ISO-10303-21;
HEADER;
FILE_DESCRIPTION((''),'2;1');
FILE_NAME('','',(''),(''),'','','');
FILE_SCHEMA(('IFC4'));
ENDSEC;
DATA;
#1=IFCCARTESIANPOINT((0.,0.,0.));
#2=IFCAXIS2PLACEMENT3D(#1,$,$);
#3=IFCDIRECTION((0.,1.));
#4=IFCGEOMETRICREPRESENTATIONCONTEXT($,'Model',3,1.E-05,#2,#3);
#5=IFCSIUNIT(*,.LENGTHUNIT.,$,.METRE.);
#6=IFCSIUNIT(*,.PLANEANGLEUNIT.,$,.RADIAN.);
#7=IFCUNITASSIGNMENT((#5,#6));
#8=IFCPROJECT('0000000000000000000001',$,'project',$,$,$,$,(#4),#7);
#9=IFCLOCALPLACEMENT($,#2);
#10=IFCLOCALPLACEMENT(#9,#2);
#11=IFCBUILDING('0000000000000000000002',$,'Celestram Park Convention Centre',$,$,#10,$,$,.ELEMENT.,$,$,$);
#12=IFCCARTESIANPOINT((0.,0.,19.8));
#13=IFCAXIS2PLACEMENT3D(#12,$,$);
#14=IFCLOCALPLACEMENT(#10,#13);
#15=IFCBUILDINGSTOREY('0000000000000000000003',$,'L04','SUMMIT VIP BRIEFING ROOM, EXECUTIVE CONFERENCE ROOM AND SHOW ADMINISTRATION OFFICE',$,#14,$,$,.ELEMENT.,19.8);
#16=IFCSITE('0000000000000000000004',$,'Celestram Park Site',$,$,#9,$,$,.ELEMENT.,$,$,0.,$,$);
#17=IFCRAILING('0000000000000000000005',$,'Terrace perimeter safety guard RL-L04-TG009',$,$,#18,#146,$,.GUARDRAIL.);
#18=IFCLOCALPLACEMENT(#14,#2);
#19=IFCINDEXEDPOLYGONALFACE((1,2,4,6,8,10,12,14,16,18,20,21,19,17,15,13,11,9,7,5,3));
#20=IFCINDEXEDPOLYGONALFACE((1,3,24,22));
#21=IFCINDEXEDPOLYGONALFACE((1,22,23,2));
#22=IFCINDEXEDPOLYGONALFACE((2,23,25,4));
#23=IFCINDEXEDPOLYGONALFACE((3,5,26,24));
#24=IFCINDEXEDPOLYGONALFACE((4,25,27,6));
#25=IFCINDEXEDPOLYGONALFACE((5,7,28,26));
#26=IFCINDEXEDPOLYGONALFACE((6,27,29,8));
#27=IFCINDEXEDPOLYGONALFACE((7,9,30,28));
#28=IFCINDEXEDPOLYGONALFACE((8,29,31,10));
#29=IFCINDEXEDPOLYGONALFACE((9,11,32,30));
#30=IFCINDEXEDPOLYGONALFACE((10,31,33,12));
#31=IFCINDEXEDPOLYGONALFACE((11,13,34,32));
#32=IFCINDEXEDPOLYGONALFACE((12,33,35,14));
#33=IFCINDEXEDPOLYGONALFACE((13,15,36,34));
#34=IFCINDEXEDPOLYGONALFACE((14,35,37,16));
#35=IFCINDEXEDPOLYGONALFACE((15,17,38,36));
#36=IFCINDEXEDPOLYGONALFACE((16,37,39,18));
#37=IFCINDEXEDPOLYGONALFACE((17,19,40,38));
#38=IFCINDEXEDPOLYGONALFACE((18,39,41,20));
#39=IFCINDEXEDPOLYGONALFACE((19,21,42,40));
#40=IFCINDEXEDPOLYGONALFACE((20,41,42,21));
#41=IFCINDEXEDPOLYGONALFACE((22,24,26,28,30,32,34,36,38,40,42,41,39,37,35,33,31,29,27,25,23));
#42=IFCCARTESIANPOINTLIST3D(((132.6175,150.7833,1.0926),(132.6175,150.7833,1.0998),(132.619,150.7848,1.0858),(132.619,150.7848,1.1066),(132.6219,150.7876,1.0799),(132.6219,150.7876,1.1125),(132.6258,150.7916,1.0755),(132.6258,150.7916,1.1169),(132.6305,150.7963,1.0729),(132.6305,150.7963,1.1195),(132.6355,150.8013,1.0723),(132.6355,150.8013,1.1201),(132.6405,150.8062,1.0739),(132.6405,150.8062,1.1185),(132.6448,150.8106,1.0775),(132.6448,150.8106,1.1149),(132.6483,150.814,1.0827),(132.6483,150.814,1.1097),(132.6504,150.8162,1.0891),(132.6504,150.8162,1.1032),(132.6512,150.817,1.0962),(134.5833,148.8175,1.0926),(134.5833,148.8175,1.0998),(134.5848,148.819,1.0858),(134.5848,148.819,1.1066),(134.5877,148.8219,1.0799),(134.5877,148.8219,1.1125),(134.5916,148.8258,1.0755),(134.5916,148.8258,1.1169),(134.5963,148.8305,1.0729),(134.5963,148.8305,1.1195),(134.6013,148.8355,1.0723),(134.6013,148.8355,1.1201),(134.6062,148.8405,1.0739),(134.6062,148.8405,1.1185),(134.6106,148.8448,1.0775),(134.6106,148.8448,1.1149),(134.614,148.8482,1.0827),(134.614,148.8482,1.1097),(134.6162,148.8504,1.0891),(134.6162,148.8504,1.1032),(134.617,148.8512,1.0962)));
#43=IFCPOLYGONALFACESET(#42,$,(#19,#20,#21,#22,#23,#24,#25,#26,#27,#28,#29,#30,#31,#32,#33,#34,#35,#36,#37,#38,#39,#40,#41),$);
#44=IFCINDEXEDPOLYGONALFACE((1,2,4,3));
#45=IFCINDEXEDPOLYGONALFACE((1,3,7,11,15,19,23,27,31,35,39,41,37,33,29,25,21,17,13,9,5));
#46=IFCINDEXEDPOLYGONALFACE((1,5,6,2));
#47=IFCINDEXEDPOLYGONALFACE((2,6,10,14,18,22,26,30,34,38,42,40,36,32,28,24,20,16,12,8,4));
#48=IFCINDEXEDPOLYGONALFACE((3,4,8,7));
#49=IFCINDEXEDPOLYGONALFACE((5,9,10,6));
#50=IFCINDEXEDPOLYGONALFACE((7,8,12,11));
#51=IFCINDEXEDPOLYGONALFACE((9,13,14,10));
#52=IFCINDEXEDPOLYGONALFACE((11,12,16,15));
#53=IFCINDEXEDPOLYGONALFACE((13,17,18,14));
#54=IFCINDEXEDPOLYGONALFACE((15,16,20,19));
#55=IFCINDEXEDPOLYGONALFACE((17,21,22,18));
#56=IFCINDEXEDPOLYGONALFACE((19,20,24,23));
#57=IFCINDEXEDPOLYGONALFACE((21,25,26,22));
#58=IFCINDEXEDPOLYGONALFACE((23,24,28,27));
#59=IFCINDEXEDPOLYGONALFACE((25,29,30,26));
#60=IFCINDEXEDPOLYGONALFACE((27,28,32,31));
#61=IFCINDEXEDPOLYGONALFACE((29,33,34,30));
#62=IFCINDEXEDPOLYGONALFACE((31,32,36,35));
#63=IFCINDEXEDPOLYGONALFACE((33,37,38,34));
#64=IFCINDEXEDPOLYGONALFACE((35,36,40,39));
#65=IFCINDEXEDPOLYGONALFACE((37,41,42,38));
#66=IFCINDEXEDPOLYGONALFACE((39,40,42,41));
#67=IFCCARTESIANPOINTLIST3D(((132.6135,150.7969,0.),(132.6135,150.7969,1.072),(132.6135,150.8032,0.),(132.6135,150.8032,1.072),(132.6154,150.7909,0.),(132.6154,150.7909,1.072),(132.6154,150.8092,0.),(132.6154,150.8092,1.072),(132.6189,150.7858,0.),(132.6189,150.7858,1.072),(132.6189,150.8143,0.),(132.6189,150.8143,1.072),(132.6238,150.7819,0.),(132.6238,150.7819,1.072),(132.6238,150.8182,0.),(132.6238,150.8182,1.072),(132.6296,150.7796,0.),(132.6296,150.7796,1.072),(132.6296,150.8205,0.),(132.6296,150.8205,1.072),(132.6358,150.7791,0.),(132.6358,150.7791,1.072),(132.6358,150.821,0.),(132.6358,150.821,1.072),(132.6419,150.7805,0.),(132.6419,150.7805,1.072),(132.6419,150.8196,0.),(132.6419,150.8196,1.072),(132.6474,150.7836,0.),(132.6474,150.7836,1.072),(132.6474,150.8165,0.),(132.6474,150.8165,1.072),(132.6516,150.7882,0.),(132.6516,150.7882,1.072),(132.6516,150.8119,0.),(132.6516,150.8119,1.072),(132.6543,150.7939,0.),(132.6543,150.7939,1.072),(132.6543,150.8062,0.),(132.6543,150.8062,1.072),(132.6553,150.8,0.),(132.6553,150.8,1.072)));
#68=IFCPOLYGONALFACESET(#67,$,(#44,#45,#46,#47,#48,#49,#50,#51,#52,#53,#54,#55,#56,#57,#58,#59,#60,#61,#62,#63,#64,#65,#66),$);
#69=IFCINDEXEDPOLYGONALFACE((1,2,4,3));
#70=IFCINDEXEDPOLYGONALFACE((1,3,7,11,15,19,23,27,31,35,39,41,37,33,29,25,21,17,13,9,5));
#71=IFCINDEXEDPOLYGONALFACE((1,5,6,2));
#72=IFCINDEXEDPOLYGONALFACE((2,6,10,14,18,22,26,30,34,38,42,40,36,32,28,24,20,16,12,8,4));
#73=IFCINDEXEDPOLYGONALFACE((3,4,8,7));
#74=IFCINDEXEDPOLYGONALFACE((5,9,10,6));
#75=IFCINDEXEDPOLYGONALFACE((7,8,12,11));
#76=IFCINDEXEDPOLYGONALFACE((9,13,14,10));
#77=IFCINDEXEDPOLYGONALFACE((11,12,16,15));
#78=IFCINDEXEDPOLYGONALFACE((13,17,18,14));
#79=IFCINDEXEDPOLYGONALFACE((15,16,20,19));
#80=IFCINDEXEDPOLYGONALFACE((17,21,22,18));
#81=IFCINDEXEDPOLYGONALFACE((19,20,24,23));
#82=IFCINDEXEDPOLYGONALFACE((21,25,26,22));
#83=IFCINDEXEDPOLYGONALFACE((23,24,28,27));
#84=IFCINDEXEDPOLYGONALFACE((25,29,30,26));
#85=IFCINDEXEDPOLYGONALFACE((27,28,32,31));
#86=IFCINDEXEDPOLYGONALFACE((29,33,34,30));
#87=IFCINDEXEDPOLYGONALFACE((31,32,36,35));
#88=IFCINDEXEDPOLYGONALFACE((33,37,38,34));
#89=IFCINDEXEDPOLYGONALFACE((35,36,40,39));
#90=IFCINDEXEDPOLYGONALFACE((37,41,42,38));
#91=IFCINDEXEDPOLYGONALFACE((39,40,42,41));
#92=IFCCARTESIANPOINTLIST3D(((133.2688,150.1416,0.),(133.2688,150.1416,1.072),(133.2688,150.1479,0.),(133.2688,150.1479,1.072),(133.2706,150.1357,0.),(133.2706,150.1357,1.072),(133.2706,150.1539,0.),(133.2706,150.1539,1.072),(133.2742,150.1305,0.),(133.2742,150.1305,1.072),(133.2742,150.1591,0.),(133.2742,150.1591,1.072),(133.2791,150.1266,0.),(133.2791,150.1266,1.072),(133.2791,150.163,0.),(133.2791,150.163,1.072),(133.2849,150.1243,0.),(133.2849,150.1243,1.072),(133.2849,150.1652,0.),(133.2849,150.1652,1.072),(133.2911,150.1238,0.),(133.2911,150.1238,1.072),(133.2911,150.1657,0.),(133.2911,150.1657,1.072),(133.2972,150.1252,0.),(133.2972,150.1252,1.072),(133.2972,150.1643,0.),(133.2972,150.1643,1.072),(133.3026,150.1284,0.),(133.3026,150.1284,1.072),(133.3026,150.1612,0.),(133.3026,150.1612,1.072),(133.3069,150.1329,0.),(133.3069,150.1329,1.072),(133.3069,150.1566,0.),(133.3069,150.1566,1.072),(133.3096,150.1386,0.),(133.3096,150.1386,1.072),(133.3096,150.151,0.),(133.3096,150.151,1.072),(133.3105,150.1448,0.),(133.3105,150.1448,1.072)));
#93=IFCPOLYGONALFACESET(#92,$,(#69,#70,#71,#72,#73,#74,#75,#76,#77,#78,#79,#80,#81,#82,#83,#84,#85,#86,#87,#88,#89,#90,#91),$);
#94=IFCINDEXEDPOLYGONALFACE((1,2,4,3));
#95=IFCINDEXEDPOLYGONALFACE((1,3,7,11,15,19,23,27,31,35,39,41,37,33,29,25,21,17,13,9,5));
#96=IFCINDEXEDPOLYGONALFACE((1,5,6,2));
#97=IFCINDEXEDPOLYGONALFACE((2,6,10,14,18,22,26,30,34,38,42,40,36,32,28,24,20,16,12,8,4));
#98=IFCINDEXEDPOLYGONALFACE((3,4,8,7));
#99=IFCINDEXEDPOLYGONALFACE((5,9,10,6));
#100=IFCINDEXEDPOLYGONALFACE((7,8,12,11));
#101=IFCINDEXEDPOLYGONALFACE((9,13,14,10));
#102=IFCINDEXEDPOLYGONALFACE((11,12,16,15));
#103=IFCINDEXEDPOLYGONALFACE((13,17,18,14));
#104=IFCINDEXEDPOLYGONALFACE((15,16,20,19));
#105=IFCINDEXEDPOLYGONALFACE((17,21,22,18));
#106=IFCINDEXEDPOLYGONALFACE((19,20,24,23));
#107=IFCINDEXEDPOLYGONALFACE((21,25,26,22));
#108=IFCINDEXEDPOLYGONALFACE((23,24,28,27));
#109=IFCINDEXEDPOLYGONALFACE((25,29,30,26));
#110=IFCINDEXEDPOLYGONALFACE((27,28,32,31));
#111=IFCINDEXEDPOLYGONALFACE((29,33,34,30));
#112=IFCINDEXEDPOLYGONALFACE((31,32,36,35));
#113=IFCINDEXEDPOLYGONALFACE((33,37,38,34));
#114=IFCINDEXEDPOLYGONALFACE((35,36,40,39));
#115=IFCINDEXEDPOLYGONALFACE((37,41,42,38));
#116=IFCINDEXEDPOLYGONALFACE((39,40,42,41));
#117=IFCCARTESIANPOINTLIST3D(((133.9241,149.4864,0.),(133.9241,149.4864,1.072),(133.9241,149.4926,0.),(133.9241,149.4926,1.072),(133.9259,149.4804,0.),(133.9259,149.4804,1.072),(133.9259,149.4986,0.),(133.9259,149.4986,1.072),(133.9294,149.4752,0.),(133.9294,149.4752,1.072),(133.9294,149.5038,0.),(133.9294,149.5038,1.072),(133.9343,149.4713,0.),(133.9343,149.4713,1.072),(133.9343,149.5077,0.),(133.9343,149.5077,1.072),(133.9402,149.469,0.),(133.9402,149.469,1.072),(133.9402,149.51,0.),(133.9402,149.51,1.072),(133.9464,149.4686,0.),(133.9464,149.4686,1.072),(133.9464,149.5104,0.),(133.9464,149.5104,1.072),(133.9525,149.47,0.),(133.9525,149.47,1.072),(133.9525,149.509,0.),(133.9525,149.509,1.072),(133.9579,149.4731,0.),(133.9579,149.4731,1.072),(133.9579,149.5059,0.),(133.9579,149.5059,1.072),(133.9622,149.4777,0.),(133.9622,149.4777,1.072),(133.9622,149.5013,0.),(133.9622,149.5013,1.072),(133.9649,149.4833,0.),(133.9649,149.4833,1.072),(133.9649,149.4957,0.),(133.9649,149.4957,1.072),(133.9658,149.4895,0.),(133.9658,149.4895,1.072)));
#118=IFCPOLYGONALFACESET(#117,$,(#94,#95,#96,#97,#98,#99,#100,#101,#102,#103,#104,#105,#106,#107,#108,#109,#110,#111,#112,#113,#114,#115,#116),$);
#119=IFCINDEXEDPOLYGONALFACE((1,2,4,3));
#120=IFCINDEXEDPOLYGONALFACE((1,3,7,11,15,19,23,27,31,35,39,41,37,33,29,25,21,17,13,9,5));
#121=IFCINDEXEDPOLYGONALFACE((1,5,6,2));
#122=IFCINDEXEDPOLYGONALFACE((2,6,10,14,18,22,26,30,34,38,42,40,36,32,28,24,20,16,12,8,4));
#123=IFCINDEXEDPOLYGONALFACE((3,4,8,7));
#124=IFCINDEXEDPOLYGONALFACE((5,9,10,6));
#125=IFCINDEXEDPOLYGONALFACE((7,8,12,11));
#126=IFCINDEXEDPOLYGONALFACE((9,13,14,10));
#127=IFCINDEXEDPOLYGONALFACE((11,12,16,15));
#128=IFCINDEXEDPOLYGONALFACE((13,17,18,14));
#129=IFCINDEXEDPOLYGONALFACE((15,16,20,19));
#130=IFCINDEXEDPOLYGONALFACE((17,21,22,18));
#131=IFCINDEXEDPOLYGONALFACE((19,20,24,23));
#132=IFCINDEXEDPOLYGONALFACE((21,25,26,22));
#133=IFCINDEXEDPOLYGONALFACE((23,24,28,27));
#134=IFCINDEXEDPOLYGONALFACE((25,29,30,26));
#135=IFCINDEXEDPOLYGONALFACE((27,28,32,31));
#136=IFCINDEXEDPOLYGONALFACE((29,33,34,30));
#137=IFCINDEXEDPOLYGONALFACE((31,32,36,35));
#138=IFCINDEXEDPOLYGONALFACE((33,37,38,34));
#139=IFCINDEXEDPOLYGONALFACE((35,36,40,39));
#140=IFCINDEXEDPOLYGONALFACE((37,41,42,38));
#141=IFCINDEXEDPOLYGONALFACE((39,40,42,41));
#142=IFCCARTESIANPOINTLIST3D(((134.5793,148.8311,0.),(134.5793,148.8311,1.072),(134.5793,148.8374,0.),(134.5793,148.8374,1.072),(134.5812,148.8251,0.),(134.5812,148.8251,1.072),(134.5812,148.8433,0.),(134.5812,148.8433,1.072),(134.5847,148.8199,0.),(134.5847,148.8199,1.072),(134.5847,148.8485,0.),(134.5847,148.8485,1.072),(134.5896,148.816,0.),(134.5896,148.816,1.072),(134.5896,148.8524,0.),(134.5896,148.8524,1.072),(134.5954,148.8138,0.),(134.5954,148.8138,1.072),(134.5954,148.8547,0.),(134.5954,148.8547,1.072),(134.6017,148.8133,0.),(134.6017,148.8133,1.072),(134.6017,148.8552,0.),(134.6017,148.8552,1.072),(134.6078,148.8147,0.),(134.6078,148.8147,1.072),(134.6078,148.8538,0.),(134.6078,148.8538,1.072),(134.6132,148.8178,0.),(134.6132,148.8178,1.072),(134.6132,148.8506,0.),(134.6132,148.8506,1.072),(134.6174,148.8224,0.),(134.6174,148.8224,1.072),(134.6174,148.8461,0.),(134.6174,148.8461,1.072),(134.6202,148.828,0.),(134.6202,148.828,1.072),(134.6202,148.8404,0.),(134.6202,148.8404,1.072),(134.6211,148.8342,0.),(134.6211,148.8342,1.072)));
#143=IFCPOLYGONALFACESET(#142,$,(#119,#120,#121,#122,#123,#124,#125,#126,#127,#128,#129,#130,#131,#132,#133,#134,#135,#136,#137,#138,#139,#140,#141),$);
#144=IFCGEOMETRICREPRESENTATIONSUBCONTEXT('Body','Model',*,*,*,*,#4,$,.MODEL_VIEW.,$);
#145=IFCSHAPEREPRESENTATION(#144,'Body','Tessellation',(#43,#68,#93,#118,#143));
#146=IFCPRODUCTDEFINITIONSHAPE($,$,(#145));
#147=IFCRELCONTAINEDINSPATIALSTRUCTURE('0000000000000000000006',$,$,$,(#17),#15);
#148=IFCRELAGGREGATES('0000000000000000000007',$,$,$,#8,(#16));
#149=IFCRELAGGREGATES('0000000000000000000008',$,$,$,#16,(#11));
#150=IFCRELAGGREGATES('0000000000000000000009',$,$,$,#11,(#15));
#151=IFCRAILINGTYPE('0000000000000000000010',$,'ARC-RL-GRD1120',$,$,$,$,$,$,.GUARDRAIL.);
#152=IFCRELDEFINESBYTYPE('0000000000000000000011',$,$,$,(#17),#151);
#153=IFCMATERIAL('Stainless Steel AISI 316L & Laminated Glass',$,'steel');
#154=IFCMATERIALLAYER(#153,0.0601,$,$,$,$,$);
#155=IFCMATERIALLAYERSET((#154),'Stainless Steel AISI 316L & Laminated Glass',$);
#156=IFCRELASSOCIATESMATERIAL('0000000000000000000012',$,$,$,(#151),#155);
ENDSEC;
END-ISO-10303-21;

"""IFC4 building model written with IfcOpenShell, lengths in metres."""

from ifc_helpers import new_model, si_unit, direction, frame, origin, origin_2d, place, context, subcontext, project, spatial, circle, extrude, material, layer, layer_set, type_object, element, save


model = new_model("IFC4")

# Units and contexts
model_context = context("Model", 3, precision=1e-05, world=origin(), true_north=direction((0.0, 1.0)))
body_context = subcontext(model_context, "Body", "Model", "MODEL_VIEW")
ifc_project = project(units=[si_unit("LENGTHUNIT", "METRE"), si_unit("PLANEANGLEUNIT", "RADIAN")], contexts=[model_context])

# Site, building, storey
site_placement = place(None, origin())
site = spatial("IfcSite", under=ifc_project, at=site_placement, Name="Celestram Park Site", CompositionType="ELEMENT", RefElevation=0.0)
building_placement = place(site_placement, origin())
building = spatial("IfcBuilding", under=site, at=building_placement, Name="Celestram Park Convention Centre", CompositionType="ELEMENT")
storey_placement = place(building_placement, frame((0.0, 0.0, 19.8)))
storey = spatial("IfcBuildingStorey", under=building, at=storey_placement, Name="L04", Description="SUMMIT VIP BRIEFING ROOM, EXECUTIVE CONFERENCE ROOM AND SHOW ADMINISTRATION OFFICE", CompositionType="ELEMENT", Elevation=19.8)

# Railing
ifc_material_1 = material(Name="Stainless Steel AISI 316L & Laminated Glass", Category="steel")
ifc_layer_1 = layer(ifc_material_1, 0.0601)
ifc_layer_set_1 = layer_set([ifc_layer_1], Name="Stainless Steel AISI 316L & Laminated Glass")
railing_type = type_object("IfcRailingType", Name="ARC-RL-GRD1120", PredefinedType="GUARDRAIL", material=ifc_layer_set_1)
railing_1_placement = place(storey_placement, frame((132.6343, 150.8, 0.0)))
element("IfcRailing", 1, at=railing_1_placement, inside=storey, type_object=railing_type, Name="Terrace perimeter safety guard RL-L04-TG009", PredefinedType="GUARDRAIL", context=body_context, shape_type="SweptSolid", body=[
    extrude(circle(Radius=0.0239, at=origin_2d()), frame((0.0, 0.0, 1.0962), z_axis=(0.707107, -0.707107, 0.0), x_axis=(0.707107, 0.707107, 0.0)), (0.0, 0.0, 1.0), 2.78),
    extrude(circle(Radius=0.021, at=origin_2d()), origin(), (0.0, 0.0, 1.0), 1.072),
    extrude(circle(Radius=0.021, at=origin_2d()), frame((0.6553, -0.6553, 0.0)), (0.0, 0.0, 1.0), 1.072),
    extrude(circle(Radius=0.021, at=origin_2d()), frame((1.3105, -1.3105, 0.0)), (0.0, 0.0, 1.0), 1.072),
    extrude(circle(Radius=0.021, at=origin_2d()), frame((1.9658, -1.9658, 0.0)), (0.0, 0.0, 1.0), 1.072),
])

save(model, "model.ifc")
